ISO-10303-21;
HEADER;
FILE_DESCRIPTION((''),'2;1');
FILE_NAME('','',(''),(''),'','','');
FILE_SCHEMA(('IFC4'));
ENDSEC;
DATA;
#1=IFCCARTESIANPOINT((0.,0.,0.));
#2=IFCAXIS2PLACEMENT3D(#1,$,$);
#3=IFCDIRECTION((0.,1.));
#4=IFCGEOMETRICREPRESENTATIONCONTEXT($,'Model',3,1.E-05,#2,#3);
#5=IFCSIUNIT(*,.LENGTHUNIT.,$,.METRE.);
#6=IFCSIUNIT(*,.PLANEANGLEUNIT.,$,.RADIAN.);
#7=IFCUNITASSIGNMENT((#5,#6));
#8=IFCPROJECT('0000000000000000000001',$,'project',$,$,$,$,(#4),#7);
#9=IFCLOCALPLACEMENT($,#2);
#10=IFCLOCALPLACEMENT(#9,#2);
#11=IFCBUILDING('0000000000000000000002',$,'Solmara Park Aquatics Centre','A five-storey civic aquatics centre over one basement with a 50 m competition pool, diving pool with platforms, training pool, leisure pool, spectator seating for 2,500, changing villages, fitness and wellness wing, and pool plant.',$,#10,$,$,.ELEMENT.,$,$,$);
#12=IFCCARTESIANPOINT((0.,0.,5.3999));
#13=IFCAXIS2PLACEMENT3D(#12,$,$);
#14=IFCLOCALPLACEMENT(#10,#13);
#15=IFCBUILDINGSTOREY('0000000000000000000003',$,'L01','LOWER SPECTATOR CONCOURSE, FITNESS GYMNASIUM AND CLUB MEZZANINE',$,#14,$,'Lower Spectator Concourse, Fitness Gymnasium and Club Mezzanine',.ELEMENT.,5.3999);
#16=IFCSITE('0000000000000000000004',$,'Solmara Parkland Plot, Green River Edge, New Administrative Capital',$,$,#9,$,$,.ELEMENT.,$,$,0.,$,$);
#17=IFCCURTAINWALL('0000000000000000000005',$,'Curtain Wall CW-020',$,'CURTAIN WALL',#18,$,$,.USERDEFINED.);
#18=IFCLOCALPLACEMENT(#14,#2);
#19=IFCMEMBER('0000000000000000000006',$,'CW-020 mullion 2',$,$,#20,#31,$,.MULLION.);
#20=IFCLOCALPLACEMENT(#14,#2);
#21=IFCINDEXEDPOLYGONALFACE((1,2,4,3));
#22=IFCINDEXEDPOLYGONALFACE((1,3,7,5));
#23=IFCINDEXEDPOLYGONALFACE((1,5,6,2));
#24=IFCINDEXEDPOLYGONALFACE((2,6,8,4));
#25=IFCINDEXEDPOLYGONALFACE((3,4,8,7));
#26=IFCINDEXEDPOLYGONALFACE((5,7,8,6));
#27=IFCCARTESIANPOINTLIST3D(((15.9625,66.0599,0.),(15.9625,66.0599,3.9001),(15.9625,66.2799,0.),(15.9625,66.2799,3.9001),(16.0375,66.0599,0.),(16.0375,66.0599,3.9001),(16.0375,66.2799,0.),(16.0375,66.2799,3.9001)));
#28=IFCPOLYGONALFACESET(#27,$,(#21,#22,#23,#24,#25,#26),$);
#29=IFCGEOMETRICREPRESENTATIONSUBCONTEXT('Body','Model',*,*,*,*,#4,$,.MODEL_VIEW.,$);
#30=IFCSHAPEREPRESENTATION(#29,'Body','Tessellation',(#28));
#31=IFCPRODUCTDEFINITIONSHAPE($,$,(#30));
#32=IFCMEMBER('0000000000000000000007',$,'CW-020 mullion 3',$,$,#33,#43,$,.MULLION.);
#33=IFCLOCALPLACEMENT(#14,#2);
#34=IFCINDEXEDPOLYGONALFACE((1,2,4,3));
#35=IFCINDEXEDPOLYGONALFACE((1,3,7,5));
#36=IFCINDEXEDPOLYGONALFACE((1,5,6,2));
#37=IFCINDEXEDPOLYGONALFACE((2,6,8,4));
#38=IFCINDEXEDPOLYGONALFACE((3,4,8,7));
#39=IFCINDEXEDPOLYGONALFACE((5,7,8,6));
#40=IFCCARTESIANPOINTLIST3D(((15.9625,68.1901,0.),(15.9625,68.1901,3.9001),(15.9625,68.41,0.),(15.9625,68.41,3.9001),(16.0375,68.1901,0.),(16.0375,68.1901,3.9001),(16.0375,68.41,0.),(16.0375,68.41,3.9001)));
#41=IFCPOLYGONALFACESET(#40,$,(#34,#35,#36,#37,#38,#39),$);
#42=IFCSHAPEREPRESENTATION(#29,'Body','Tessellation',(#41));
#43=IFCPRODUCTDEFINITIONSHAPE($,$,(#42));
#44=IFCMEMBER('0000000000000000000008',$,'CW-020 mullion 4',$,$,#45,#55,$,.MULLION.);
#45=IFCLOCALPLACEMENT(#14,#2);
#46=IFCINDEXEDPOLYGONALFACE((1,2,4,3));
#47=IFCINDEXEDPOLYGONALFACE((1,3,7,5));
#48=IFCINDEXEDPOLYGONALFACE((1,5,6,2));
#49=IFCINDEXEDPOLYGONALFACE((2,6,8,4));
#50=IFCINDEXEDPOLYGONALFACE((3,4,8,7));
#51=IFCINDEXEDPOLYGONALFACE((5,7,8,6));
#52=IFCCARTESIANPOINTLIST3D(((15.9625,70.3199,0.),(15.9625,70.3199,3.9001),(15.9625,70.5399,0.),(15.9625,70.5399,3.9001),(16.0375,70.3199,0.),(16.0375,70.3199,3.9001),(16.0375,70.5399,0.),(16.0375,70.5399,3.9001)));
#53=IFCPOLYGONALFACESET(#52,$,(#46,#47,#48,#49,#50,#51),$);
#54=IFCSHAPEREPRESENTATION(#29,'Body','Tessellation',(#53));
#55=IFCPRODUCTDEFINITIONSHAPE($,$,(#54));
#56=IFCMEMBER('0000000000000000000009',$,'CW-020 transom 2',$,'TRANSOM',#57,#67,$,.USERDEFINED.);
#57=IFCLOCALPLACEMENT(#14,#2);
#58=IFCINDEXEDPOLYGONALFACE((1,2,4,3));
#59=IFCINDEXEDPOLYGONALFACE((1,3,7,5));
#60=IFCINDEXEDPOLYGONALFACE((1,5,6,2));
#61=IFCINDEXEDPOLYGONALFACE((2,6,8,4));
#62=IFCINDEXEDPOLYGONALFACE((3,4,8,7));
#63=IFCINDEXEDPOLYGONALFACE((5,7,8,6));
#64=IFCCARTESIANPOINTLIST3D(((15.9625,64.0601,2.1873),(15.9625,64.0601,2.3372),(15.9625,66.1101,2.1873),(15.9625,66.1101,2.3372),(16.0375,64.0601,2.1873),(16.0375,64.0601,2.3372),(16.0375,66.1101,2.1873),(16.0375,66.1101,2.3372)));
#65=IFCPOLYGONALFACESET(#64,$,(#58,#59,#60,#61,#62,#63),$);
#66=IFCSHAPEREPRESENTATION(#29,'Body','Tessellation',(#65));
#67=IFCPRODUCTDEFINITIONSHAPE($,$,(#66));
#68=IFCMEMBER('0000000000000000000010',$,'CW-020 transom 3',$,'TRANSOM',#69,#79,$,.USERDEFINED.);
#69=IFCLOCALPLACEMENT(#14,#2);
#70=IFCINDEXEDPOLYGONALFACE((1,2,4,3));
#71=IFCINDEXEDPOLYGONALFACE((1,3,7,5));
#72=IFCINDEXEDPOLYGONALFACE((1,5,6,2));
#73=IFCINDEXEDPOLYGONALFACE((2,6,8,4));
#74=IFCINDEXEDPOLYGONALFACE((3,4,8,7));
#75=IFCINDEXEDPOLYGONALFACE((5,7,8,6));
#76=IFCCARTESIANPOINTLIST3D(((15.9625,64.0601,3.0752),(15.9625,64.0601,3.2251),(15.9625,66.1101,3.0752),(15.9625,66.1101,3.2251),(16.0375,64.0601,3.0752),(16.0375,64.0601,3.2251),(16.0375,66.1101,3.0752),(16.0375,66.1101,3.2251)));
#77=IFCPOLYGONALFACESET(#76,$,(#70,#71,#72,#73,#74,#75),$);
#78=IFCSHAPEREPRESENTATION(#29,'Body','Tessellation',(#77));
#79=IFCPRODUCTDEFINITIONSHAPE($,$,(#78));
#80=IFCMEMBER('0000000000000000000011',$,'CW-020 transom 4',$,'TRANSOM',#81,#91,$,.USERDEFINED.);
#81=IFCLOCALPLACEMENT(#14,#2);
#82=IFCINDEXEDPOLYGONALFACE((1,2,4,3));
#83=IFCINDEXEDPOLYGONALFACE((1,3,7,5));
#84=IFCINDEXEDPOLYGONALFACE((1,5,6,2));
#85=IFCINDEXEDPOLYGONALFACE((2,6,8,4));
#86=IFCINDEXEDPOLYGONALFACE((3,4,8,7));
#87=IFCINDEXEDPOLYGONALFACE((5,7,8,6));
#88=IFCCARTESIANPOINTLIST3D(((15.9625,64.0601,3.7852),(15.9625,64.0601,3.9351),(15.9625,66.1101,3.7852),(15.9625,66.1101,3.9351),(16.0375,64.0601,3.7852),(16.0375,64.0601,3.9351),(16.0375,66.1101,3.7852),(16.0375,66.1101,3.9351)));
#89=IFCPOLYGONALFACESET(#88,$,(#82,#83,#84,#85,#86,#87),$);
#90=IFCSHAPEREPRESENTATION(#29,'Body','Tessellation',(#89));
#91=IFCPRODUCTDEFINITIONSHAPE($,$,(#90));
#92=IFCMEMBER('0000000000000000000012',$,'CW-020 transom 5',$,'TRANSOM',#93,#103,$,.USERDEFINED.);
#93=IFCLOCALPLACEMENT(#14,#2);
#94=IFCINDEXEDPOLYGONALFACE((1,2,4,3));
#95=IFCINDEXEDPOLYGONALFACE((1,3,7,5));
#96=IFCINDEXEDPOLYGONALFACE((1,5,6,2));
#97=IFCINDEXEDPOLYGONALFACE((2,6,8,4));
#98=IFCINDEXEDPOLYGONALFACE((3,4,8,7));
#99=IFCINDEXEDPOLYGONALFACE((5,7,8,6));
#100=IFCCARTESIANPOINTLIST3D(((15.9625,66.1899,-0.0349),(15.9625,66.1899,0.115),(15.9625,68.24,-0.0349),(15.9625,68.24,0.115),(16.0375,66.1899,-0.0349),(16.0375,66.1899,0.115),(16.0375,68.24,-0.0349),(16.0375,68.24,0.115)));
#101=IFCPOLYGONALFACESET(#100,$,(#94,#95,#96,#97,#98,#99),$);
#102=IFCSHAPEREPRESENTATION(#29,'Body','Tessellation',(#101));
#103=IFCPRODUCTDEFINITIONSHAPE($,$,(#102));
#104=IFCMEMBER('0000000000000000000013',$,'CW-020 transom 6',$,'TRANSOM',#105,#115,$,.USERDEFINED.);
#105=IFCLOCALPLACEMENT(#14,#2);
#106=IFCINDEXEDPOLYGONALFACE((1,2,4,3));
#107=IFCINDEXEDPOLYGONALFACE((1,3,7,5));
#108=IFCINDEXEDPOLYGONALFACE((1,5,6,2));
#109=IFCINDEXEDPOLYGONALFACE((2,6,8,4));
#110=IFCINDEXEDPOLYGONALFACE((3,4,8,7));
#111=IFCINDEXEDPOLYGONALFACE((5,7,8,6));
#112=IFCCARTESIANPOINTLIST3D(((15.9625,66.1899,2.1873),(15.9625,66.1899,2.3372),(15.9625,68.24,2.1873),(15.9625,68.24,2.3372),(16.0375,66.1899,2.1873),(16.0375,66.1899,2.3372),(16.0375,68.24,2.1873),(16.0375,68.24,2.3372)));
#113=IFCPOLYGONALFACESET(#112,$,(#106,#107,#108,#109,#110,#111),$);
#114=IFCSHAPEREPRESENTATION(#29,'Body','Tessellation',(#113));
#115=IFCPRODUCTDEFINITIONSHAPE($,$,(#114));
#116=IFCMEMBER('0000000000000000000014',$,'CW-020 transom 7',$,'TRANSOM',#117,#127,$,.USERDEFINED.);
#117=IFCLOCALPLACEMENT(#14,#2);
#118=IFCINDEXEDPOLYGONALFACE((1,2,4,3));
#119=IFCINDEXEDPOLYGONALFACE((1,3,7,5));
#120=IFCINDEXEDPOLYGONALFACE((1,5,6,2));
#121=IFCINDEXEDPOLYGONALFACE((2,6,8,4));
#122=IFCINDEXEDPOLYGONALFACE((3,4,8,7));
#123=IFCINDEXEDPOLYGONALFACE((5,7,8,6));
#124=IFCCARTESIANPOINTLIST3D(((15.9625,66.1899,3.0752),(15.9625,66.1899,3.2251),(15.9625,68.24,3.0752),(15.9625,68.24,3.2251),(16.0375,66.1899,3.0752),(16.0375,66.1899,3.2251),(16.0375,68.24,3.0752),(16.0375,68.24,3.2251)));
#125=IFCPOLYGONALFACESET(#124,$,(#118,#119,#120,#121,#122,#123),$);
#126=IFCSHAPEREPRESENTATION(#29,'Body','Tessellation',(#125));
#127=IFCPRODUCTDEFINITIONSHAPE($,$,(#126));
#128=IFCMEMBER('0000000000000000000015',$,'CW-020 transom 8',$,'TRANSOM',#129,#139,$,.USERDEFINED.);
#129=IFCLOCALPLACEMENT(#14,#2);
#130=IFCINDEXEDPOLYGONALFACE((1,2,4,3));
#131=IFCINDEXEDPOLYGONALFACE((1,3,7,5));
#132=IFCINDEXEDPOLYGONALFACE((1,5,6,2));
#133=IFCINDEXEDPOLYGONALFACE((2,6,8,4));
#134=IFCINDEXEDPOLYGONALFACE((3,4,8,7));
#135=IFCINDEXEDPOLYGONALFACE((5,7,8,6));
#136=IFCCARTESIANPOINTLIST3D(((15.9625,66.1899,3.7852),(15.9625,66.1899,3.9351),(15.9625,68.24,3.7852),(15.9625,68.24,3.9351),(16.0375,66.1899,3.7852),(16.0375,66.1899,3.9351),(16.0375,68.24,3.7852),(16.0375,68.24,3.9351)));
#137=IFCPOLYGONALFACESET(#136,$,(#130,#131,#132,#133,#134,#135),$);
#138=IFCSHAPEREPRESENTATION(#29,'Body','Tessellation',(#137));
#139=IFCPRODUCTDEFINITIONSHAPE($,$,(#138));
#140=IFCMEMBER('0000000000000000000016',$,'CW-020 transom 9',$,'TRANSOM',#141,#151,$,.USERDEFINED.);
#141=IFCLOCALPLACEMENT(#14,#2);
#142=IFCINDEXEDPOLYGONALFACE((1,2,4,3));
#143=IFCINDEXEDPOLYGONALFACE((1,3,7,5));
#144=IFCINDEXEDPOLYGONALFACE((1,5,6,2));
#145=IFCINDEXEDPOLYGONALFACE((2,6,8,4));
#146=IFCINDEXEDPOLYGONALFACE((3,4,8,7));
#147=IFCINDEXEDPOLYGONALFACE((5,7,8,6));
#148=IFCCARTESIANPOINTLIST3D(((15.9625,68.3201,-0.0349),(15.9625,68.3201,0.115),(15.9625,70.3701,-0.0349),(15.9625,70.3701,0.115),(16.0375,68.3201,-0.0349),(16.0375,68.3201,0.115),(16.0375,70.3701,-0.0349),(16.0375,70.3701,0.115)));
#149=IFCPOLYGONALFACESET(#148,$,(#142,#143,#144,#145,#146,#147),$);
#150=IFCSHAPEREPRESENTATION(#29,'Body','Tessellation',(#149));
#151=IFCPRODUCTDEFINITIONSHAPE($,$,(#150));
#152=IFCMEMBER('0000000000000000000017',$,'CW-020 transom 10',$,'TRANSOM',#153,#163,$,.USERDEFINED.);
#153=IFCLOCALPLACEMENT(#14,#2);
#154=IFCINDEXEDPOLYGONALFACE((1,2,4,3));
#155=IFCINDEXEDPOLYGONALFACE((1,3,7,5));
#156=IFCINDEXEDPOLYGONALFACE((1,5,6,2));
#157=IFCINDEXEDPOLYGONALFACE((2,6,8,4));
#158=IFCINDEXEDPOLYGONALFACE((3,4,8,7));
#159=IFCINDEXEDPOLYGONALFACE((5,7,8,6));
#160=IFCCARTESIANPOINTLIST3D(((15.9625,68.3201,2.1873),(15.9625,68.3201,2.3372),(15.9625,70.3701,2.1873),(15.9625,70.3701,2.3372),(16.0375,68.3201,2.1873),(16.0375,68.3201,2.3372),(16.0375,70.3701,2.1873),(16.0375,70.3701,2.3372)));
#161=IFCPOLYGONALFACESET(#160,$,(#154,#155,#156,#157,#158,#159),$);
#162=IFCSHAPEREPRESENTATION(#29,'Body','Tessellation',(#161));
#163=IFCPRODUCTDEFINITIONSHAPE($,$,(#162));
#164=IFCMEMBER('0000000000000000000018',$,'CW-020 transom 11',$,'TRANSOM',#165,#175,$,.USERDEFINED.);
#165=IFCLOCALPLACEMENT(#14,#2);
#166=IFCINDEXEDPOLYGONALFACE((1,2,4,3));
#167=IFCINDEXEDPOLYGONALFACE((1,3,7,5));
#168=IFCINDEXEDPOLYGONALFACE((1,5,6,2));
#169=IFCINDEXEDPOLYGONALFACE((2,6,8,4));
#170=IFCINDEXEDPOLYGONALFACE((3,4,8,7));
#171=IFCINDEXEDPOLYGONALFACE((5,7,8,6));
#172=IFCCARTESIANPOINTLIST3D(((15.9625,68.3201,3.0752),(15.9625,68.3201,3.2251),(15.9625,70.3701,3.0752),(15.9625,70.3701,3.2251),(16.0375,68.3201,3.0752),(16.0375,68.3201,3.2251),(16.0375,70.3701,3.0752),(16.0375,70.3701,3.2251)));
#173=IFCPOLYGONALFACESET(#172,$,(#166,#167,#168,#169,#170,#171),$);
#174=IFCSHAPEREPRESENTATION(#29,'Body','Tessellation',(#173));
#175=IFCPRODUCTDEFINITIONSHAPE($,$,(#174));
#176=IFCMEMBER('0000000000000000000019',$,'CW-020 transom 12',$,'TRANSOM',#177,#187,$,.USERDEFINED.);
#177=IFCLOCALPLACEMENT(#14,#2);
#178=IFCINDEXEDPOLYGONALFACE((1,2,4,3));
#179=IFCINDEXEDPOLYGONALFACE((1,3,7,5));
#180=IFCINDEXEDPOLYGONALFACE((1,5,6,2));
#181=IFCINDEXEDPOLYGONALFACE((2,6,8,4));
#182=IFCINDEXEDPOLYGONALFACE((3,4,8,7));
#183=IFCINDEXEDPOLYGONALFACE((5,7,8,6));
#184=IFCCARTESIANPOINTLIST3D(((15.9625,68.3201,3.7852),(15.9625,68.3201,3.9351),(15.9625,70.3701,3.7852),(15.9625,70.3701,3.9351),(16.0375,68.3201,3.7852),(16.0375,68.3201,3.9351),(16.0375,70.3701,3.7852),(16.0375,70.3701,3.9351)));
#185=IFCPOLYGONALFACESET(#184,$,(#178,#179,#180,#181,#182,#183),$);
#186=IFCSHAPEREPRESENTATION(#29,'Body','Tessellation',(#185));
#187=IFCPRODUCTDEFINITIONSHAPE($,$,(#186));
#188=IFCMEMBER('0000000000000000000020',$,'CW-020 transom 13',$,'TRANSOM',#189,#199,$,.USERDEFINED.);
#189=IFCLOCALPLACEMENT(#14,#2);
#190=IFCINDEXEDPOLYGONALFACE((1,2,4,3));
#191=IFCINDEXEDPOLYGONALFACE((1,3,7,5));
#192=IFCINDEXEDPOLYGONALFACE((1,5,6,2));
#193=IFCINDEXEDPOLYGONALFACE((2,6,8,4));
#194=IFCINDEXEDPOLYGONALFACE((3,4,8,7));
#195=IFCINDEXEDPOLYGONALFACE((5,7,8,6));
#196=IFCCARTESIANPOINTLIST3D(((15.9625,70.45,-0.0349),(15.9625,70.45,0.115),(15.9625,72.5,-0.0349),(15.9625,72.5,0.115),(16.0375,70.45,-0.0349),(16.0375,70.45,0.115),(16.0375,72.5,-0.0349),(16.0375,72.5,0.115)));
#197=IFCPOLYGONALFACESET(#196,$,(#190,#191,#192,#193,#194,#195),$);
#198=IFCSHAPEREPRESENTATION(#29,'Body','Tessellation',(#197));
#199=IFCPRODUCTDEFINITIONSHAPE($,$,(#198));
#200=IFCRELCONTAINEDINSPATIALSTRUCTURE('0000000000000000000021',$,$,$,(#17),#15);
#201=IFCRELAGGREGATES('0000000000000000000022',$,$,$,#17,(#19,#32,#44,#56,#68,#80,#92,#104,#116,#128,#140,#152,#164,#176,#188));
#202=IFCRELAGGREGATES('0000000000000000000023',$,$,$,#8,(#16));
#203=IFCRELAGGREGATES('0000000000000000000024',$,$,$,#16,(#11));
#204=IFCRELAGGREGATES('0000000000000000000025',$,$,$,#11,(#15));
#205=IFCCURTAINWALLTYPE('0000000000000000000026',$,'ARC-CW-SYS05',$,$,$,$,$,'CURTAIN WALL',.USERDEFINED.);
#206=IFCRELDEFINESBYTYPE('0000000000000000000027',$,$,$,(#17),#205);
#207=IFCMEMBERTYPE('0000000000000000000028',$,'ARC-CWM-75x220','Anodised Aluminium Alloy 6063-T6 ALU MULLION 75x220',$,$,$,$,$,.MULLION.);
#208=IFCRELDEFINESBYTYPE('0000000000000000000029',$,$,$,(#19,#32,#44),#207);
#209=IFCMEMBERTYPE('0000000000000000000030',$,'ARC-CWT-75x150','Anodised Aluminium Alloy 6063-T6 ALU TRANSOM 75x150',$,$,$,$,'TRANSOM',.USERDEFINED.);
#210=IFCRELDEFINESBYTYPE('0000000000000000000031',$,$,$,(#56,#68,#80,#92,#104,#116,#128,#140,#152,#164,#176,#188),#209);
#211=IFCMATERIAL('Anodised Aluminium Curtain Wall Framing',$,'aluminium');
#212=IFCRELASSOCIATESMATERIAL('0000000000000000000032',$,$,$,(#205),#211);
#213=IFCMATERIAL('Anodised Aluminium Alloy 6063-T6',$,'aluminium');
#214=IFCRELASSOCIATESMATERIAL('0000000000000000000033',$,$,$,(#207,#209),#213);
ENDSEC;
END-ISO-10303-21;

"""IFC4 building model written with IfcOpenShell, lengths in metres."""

from ifc_helpers import new_model, si_unit, direction, frame, origin, origin_2d, place, context, subcontext, project, spatial, rectangle, extrude, material, material_profile, profile_set, type_object, element, aggregate, save


model = new_model("IFC4")

# Units and contexts
model_context = context("Model", 3, precision=1e-05, world=origin(), true_north=direction((0.0, 1.0)))
body_context = subcontext(model_context, "Body", "Model", "MODEL_VIEW")
ifc_project = project(units=[si_unit("LENGTHUNIT", "METRE"), si_unit("PLANEANGLEUNIT", "RADIAN")], contexts=[model_context])

# Site, building, storey
site_placement = place(None, origin())
site = spatial("IfcSite", under=ifc_project, at=site_placement, Name="Solmara Parkland Plot, Green River Edge, New Administrative Capital", CompositionType="ELEMENT", RefElevation=0.0)
building_placement = place(site_placement, origin())
building = spatial("IfcBuilding", under=site, at=building_placement, Name="Solmara Park Aquatics Centre", Description="A five-storey civic aquatics centre over one basement with a 50 m competition pool, diving pool with platforms, training pool, leisure pool, spectator seating for 2,500, changing villages, fitness and wellness wing, and pool plant.", CompositionType="ELEMENT")
storey_placement = place(building_placement, frame((0.0, 0.0, 5.3999)))
storey = spatial("IfcBuildingStorey", under=building, at=storey_placement, Name="L01", Description="LOWER SPECTATOR CONCOURSE, FITNESS GYMNASIUM AND CLUB MEZZANINE", LongName="Lower Spectator Concourse, Fitness Gymnasium and Club Mezzanine", CompositionType="ELEMENT", Elevation=5.3999)

# Curtain wall, members
ifc_material_1 = material(Name="Anodised Aluminium Curtain Wall Framing", Category="aluminium")
curtain_wall_type = type_object("IfcCurtainWallType", Name="ARC-CW-SYS05", ElementType="CURTAIN WALL", PredefinedType="USERDEFINED", material=ifc_material_1)
curtain_wall_placement = place(storey_placement, origin())
curtain_wall = element("IfcCurtainWall", 1, at=curtain_wall_placement, inside=storey, type_object=curtain_wall_type, Name="Curtain Wall CW-020", ObjectType="CURTAIN WALL", PredefinedType="USERDEFINED")
ifc_material_2 = material(Name="Anodised Aluminium Alloy 6063-T6", Category="aluminium")
ifc_material_profile_1 = material_profile(ifc_material_2, rectangle(XDim=0.075, YDim=0.22, at=origin_2d()), Name="ALU MULLION 75x220")
ifc_profile_set_1 = profile_set([ifc_material_profile_1], Name="Anodised Aluminium Alloy 6063-T6")
member_type_1 = type_object("IfcMemberType", Name="ARC-CWM-75x220", Description="Anodised Aluminium Alloy 6063-T6 ALU MULLION 75x220", PredefinedType="MULLION", material=ifc_profile_set_1)
member_1_placement = place(storey_placement, frame((16.0, 66.1699, 0.0), z_axis=(0.0, 0.0, 1.0), x_axis=(1.0, 0.0, 0.0)))
member_1 = element("IfcMember", 2, at=member_1_placement, type_object=member_type_1, Name="CW-020 mullion 2", PredefinedType="MULLION", context=body_context, shape_type="SweptSolid", body=[
    extrude(rectangle(XDim=0.075, YDim=0.22, at=origin_2d()), origin(), (0.0, 0.0, 1.0), 3.9001),
])
member_2_placement = place(storey_placement, frame((16.0, 68.3, 0.0), z_axis=(0.0, 0.0, 1.0), x_axis=(1.0, 0.0, 0.0)))
member_2 = element("IfcMember", 3, at=member_2_placement, type_object=member_type_1, Name="CW-020 mullion 3", PredefinedType="MULLION", context=body_context, shape_type="SweptSolid", body=[
    extrude(rectangle(XDim=0.075, YDim=0.22, at=origin_2d()), origin(), (0.0, 0.0, 1.0), 3.9001),
])
member_3_placement = place(storey_placement, frame((16.0, 70.4299, 0.0), z_axis=(0.0, 0.0, 1.0), x_axis=(1.0, 0.0, 0.0)))
member_3 = element("IfcMember", 4, at=member_3_placement, type_object=member_type_1, Name="CW-020 mullion 4", PredefinedType="MULLION", context=body_context, shape_type="SweptSolid", body=[
    extrude(rectangle(XDim=0.075, YDim=0.22, at=origin_2d()), origin(), (0.0, 0.0, 1.0), 3.9001),
])
ifc_material_profile_2 = material_profile(ifc_material_2, rectangle(XDim=0.075, YDim=0.1499, at=origin_2d()), Name="ALU TRANSOM 75x150")
ifc_profile_set_2 = profile_set([ifc_material_profile_2], Name="Anodised Aluminium Alloy 6063-T6")
member_type_2 = type_object("IfcMemberType", Name="ARC-CWT-75x150", Description="Anodised Aluminium Alloy 6063-T6 ALU TRANSOM 75x150", ElementType="TRANSOM", PredefinedType="USERDEFINED", material=ifc_profile_set_2)
member_4_placement = place(storey_placement, frame((16.0, 64.0601, 2.2622), z_axis=(0.0, 1.0, 0.0), x_axis=(-1.0, 0.0, 0.0)))
member_4 = element("IfcMember", 5, at=member_4_placement, type_object=member_type_2, Name="CW-020 transom 2", ObjectType="TRANSOM", PredefinedType="USERDEFINED", context=body_context, shape_type="SweptSolid", body=[
    extrude(rectangle(XDim=0.075, YDim=0.1499, at=origin_2d()), origin(), (0.0, 0.0, 1.0), 2.05),
])
member_5_placement = place(storey_placement, frame((16.0, 64.0601, 3.1501), z_axis=(0.0, 1.0, 0.0), x_axis=(-1.0, 0.0, 0.0)))
member_5 = element("IfcMember", 6, at=member_5_placement, type_object=member_type_2, Name="CW-020 transom 3", ObjectType="TRANSOM", PredefinedType="USERDEFINED", context=body_context, shape_type="SweptSolid", body=[
    extrude(rectangle(XDim=0.075, YDim=0.1499, at=origin_2d()), origin(), (0.0, 0.0, 1.0), 2.05),
])
member_6_placement = place(storey_placement, frame((16.0, 64.0601, 3.8601), z_axis=(0.0, 1.0, 0.0), x_axis=(-1.0, 0.0, 0.0)))
member_6 = element("IfcMember", 7, at=member_6_placement, type_object=member_type_2, Name="CW-020 transom 4", ObjectType="TRANSOM", PredefinedType="USERDEFINED", context=body_context, shape_type="SweptSolid", body=[
    extrude(rectangle(XDim=0.075, YDim=0.1499, at=origin_2d()), origin(), (0.0, 0.0, 1.0), 2.05),
])
member_7_placement = place(storey_placement, frame((16.0, 66.1899, 0.04), z_axis=(0.0, 1.0, 0.0), x_axis=(-1.0, 0.0, 0.0)))
member_7 = element("IfcMember", 8, at=member_7_placement, type_object=member_type_2, Name="CW-020 transom 5", ObjectType="TRANSOM", PredefinedType="USERDEFINED", context=body_context, shape_type="SweptSolid", body=[
    extrude(rectangle(XDim=0.075, YDim=0.1499, at=origin_2d()), origin(), (0.0, 0.0, 1.0), 2.05),
])
member_8_placement = place(storey_placement, frame((16.0, 66.1899, 2.2622), z_axis=(0.0, 1.0, 0.0), x_axis=(-1.0, 0.0, 0.0)))
member_8 = element("IfcMember", 9, at=member_8_placement, type_object=member_type_2, Name="CW-020 transom 6", ObjectType="TRANSOM", PredefinedType="USERDEFINED", context=body_context, shape_type="SweptSolid", body=[
    extrude(rectangle(XDim=0.075, YDim=0.1499, at=origin_2d()), origin(), (0.0, 0.0, 1.0), 2.05),
])
member_9_placement = place(storey_placement, frame((16.0, 66.1899, 3.1501), z_axis=(0.0, 1.0, 0.0), x_axis=(-1.0, 0.0, 0.0)))
member_9 = element("IfcMember", 10, at=member_9_placement, type_object=member_type_2, Name="CW-020 transom 7", ObjectType="TRANSOM", PredefinedType="USERDEFINED", context=body_context, shape_type="SweptSolid", body=[
    extrude(rectangle(XDim=0.075, YDim=0.1499, at=origin_2d()), origin(), (0.0, 0.0, 1.0), 2.05),
])
member_10_placement = place(storey_placement, frame((16.0, 66.1899, 3.8601), z_axis=(0.0, 1.0, 0.0), x_axis=(-1.0, 0.0, 0.0)))
member_10 = element("IfcMember", 11, at=member_10_placement, type_object=member_type_2, Name="CW-020 transom 8", ObjectType="TRANSOM", PredefinedType="USERDEFINED", context=body_context, shape_type="SweptSolid", body=[
    extrude(rectangle(XDim=0.075, YDim=0.1499, at=origin_2d()), origin(), (0.0, 0.0, 1.0), 2.05),
])
member_11_placement = place(storey_placement, frame((16.0, 68.3201, 0.04), z_axis=(0.0, 1.0, 0.0), x_axis=(-1.0, 0.0, 0.0)))
member_11 = element("IfcMember", 12, at=member_11_placement, type_object=member_type_2, Name="CW-020 transom 9", ObjectType="TRANSOM", PredefinedType="USERDEFINED", context=body_context, shape_type="SweptSolid", body=[
    extrude(rectangle(XDim=0.075, YDim=0.1499, at=origin_2d()), origin(), (0.0, 0.0, 1.0), 2.05),
])
member_12_placement = place(storey_placement, frame((16.0, 68.3201, 2.2622), z_axis=(0.0, 1.0, 0.0), x_axis=(-1.0, 0.0, 0.0)))
member_12 = element("IfcMember", 13, at=member_12_placement, type_object=member_type_2, Name="CW-020 transom 10", ObjectType="TRANSOM", PredefinedType="USERDEFINED", context=body_context, shape_type="SweptSolid", body=[
    extrude(rectangle(XDim=0.075, YDim=0.1499, at=origin_2d()), origin(), (0.0, 0.0, 1.0), 2.05),
])
member_13_placement = place(storey_placement, frame((16.0, 68.3201, 3.1501), z_axis=(0.0, 1.0, 0.0), x_axis=(-1.0, 0.0, 0.0)))
member_13 = element("IfcMember", 14, at=member_13_placement, type_object=member_type_2, Name="CW-020 transom 11", ObjectType="TRANSOM", PredefinedType="USERDEFINED", context=body_context, shape_type="SweptSolid", body=[
    extrude(rectangle(XDim=0.075, YDim=0.1499, at=origin_2d()), origin(), (0.0, 0.0, 1.0), 2.05),
])
member_14_placement = place(storey_placement, frame((16.0, 68.3201, 3.8601), z_axis=(0.0, 1.0, 0.0), x_axis=(-1.0, 0.0, 0.0)))
member_14 = element("IfcMember", 15, at=member_14_placement, type_object=member_type_2, Name="CW-020 transom 12", ObjectType="TRANSOM", PredefinedType="USERDEFINED", context=body_context, shape_type="SweptSolid", body=[
    extrude(rectangle(XDim=0.075, YDim=0.1499, at=origin_2d()), origin(), (0.0, 0.0, 1.0), 2.05),
])
member_15_placement = place(storey_placement, frame((16.0, 70.45, 0.04), z_axis=(0.0, 1.0, 0.0), x_axis=(-1.0, 0.0, 0.0)))
member_15 = element("IfcMember", 16, at=member_15_placement, type_object=member_type_2, Name="CW-020 transom 13", ObjectType="TRANSOM", PredefinedType="USERDEFINED", context=body_context, shape_type="SweptSolid", body=[
    extrude(rectangle(XDim=0.075, YDim=0.1499, at=origin_2d()), origin(), (0.0, 0.0, 1.0), 2.05),
])

aggregate(curtain_wall, [member_1, member_2, member_3, member_4, member_5, member_6, member_7, member_8, member_9, member_10, member_11, member_12, member_13, member_14, member_15])

save(model, "model.ifc")
